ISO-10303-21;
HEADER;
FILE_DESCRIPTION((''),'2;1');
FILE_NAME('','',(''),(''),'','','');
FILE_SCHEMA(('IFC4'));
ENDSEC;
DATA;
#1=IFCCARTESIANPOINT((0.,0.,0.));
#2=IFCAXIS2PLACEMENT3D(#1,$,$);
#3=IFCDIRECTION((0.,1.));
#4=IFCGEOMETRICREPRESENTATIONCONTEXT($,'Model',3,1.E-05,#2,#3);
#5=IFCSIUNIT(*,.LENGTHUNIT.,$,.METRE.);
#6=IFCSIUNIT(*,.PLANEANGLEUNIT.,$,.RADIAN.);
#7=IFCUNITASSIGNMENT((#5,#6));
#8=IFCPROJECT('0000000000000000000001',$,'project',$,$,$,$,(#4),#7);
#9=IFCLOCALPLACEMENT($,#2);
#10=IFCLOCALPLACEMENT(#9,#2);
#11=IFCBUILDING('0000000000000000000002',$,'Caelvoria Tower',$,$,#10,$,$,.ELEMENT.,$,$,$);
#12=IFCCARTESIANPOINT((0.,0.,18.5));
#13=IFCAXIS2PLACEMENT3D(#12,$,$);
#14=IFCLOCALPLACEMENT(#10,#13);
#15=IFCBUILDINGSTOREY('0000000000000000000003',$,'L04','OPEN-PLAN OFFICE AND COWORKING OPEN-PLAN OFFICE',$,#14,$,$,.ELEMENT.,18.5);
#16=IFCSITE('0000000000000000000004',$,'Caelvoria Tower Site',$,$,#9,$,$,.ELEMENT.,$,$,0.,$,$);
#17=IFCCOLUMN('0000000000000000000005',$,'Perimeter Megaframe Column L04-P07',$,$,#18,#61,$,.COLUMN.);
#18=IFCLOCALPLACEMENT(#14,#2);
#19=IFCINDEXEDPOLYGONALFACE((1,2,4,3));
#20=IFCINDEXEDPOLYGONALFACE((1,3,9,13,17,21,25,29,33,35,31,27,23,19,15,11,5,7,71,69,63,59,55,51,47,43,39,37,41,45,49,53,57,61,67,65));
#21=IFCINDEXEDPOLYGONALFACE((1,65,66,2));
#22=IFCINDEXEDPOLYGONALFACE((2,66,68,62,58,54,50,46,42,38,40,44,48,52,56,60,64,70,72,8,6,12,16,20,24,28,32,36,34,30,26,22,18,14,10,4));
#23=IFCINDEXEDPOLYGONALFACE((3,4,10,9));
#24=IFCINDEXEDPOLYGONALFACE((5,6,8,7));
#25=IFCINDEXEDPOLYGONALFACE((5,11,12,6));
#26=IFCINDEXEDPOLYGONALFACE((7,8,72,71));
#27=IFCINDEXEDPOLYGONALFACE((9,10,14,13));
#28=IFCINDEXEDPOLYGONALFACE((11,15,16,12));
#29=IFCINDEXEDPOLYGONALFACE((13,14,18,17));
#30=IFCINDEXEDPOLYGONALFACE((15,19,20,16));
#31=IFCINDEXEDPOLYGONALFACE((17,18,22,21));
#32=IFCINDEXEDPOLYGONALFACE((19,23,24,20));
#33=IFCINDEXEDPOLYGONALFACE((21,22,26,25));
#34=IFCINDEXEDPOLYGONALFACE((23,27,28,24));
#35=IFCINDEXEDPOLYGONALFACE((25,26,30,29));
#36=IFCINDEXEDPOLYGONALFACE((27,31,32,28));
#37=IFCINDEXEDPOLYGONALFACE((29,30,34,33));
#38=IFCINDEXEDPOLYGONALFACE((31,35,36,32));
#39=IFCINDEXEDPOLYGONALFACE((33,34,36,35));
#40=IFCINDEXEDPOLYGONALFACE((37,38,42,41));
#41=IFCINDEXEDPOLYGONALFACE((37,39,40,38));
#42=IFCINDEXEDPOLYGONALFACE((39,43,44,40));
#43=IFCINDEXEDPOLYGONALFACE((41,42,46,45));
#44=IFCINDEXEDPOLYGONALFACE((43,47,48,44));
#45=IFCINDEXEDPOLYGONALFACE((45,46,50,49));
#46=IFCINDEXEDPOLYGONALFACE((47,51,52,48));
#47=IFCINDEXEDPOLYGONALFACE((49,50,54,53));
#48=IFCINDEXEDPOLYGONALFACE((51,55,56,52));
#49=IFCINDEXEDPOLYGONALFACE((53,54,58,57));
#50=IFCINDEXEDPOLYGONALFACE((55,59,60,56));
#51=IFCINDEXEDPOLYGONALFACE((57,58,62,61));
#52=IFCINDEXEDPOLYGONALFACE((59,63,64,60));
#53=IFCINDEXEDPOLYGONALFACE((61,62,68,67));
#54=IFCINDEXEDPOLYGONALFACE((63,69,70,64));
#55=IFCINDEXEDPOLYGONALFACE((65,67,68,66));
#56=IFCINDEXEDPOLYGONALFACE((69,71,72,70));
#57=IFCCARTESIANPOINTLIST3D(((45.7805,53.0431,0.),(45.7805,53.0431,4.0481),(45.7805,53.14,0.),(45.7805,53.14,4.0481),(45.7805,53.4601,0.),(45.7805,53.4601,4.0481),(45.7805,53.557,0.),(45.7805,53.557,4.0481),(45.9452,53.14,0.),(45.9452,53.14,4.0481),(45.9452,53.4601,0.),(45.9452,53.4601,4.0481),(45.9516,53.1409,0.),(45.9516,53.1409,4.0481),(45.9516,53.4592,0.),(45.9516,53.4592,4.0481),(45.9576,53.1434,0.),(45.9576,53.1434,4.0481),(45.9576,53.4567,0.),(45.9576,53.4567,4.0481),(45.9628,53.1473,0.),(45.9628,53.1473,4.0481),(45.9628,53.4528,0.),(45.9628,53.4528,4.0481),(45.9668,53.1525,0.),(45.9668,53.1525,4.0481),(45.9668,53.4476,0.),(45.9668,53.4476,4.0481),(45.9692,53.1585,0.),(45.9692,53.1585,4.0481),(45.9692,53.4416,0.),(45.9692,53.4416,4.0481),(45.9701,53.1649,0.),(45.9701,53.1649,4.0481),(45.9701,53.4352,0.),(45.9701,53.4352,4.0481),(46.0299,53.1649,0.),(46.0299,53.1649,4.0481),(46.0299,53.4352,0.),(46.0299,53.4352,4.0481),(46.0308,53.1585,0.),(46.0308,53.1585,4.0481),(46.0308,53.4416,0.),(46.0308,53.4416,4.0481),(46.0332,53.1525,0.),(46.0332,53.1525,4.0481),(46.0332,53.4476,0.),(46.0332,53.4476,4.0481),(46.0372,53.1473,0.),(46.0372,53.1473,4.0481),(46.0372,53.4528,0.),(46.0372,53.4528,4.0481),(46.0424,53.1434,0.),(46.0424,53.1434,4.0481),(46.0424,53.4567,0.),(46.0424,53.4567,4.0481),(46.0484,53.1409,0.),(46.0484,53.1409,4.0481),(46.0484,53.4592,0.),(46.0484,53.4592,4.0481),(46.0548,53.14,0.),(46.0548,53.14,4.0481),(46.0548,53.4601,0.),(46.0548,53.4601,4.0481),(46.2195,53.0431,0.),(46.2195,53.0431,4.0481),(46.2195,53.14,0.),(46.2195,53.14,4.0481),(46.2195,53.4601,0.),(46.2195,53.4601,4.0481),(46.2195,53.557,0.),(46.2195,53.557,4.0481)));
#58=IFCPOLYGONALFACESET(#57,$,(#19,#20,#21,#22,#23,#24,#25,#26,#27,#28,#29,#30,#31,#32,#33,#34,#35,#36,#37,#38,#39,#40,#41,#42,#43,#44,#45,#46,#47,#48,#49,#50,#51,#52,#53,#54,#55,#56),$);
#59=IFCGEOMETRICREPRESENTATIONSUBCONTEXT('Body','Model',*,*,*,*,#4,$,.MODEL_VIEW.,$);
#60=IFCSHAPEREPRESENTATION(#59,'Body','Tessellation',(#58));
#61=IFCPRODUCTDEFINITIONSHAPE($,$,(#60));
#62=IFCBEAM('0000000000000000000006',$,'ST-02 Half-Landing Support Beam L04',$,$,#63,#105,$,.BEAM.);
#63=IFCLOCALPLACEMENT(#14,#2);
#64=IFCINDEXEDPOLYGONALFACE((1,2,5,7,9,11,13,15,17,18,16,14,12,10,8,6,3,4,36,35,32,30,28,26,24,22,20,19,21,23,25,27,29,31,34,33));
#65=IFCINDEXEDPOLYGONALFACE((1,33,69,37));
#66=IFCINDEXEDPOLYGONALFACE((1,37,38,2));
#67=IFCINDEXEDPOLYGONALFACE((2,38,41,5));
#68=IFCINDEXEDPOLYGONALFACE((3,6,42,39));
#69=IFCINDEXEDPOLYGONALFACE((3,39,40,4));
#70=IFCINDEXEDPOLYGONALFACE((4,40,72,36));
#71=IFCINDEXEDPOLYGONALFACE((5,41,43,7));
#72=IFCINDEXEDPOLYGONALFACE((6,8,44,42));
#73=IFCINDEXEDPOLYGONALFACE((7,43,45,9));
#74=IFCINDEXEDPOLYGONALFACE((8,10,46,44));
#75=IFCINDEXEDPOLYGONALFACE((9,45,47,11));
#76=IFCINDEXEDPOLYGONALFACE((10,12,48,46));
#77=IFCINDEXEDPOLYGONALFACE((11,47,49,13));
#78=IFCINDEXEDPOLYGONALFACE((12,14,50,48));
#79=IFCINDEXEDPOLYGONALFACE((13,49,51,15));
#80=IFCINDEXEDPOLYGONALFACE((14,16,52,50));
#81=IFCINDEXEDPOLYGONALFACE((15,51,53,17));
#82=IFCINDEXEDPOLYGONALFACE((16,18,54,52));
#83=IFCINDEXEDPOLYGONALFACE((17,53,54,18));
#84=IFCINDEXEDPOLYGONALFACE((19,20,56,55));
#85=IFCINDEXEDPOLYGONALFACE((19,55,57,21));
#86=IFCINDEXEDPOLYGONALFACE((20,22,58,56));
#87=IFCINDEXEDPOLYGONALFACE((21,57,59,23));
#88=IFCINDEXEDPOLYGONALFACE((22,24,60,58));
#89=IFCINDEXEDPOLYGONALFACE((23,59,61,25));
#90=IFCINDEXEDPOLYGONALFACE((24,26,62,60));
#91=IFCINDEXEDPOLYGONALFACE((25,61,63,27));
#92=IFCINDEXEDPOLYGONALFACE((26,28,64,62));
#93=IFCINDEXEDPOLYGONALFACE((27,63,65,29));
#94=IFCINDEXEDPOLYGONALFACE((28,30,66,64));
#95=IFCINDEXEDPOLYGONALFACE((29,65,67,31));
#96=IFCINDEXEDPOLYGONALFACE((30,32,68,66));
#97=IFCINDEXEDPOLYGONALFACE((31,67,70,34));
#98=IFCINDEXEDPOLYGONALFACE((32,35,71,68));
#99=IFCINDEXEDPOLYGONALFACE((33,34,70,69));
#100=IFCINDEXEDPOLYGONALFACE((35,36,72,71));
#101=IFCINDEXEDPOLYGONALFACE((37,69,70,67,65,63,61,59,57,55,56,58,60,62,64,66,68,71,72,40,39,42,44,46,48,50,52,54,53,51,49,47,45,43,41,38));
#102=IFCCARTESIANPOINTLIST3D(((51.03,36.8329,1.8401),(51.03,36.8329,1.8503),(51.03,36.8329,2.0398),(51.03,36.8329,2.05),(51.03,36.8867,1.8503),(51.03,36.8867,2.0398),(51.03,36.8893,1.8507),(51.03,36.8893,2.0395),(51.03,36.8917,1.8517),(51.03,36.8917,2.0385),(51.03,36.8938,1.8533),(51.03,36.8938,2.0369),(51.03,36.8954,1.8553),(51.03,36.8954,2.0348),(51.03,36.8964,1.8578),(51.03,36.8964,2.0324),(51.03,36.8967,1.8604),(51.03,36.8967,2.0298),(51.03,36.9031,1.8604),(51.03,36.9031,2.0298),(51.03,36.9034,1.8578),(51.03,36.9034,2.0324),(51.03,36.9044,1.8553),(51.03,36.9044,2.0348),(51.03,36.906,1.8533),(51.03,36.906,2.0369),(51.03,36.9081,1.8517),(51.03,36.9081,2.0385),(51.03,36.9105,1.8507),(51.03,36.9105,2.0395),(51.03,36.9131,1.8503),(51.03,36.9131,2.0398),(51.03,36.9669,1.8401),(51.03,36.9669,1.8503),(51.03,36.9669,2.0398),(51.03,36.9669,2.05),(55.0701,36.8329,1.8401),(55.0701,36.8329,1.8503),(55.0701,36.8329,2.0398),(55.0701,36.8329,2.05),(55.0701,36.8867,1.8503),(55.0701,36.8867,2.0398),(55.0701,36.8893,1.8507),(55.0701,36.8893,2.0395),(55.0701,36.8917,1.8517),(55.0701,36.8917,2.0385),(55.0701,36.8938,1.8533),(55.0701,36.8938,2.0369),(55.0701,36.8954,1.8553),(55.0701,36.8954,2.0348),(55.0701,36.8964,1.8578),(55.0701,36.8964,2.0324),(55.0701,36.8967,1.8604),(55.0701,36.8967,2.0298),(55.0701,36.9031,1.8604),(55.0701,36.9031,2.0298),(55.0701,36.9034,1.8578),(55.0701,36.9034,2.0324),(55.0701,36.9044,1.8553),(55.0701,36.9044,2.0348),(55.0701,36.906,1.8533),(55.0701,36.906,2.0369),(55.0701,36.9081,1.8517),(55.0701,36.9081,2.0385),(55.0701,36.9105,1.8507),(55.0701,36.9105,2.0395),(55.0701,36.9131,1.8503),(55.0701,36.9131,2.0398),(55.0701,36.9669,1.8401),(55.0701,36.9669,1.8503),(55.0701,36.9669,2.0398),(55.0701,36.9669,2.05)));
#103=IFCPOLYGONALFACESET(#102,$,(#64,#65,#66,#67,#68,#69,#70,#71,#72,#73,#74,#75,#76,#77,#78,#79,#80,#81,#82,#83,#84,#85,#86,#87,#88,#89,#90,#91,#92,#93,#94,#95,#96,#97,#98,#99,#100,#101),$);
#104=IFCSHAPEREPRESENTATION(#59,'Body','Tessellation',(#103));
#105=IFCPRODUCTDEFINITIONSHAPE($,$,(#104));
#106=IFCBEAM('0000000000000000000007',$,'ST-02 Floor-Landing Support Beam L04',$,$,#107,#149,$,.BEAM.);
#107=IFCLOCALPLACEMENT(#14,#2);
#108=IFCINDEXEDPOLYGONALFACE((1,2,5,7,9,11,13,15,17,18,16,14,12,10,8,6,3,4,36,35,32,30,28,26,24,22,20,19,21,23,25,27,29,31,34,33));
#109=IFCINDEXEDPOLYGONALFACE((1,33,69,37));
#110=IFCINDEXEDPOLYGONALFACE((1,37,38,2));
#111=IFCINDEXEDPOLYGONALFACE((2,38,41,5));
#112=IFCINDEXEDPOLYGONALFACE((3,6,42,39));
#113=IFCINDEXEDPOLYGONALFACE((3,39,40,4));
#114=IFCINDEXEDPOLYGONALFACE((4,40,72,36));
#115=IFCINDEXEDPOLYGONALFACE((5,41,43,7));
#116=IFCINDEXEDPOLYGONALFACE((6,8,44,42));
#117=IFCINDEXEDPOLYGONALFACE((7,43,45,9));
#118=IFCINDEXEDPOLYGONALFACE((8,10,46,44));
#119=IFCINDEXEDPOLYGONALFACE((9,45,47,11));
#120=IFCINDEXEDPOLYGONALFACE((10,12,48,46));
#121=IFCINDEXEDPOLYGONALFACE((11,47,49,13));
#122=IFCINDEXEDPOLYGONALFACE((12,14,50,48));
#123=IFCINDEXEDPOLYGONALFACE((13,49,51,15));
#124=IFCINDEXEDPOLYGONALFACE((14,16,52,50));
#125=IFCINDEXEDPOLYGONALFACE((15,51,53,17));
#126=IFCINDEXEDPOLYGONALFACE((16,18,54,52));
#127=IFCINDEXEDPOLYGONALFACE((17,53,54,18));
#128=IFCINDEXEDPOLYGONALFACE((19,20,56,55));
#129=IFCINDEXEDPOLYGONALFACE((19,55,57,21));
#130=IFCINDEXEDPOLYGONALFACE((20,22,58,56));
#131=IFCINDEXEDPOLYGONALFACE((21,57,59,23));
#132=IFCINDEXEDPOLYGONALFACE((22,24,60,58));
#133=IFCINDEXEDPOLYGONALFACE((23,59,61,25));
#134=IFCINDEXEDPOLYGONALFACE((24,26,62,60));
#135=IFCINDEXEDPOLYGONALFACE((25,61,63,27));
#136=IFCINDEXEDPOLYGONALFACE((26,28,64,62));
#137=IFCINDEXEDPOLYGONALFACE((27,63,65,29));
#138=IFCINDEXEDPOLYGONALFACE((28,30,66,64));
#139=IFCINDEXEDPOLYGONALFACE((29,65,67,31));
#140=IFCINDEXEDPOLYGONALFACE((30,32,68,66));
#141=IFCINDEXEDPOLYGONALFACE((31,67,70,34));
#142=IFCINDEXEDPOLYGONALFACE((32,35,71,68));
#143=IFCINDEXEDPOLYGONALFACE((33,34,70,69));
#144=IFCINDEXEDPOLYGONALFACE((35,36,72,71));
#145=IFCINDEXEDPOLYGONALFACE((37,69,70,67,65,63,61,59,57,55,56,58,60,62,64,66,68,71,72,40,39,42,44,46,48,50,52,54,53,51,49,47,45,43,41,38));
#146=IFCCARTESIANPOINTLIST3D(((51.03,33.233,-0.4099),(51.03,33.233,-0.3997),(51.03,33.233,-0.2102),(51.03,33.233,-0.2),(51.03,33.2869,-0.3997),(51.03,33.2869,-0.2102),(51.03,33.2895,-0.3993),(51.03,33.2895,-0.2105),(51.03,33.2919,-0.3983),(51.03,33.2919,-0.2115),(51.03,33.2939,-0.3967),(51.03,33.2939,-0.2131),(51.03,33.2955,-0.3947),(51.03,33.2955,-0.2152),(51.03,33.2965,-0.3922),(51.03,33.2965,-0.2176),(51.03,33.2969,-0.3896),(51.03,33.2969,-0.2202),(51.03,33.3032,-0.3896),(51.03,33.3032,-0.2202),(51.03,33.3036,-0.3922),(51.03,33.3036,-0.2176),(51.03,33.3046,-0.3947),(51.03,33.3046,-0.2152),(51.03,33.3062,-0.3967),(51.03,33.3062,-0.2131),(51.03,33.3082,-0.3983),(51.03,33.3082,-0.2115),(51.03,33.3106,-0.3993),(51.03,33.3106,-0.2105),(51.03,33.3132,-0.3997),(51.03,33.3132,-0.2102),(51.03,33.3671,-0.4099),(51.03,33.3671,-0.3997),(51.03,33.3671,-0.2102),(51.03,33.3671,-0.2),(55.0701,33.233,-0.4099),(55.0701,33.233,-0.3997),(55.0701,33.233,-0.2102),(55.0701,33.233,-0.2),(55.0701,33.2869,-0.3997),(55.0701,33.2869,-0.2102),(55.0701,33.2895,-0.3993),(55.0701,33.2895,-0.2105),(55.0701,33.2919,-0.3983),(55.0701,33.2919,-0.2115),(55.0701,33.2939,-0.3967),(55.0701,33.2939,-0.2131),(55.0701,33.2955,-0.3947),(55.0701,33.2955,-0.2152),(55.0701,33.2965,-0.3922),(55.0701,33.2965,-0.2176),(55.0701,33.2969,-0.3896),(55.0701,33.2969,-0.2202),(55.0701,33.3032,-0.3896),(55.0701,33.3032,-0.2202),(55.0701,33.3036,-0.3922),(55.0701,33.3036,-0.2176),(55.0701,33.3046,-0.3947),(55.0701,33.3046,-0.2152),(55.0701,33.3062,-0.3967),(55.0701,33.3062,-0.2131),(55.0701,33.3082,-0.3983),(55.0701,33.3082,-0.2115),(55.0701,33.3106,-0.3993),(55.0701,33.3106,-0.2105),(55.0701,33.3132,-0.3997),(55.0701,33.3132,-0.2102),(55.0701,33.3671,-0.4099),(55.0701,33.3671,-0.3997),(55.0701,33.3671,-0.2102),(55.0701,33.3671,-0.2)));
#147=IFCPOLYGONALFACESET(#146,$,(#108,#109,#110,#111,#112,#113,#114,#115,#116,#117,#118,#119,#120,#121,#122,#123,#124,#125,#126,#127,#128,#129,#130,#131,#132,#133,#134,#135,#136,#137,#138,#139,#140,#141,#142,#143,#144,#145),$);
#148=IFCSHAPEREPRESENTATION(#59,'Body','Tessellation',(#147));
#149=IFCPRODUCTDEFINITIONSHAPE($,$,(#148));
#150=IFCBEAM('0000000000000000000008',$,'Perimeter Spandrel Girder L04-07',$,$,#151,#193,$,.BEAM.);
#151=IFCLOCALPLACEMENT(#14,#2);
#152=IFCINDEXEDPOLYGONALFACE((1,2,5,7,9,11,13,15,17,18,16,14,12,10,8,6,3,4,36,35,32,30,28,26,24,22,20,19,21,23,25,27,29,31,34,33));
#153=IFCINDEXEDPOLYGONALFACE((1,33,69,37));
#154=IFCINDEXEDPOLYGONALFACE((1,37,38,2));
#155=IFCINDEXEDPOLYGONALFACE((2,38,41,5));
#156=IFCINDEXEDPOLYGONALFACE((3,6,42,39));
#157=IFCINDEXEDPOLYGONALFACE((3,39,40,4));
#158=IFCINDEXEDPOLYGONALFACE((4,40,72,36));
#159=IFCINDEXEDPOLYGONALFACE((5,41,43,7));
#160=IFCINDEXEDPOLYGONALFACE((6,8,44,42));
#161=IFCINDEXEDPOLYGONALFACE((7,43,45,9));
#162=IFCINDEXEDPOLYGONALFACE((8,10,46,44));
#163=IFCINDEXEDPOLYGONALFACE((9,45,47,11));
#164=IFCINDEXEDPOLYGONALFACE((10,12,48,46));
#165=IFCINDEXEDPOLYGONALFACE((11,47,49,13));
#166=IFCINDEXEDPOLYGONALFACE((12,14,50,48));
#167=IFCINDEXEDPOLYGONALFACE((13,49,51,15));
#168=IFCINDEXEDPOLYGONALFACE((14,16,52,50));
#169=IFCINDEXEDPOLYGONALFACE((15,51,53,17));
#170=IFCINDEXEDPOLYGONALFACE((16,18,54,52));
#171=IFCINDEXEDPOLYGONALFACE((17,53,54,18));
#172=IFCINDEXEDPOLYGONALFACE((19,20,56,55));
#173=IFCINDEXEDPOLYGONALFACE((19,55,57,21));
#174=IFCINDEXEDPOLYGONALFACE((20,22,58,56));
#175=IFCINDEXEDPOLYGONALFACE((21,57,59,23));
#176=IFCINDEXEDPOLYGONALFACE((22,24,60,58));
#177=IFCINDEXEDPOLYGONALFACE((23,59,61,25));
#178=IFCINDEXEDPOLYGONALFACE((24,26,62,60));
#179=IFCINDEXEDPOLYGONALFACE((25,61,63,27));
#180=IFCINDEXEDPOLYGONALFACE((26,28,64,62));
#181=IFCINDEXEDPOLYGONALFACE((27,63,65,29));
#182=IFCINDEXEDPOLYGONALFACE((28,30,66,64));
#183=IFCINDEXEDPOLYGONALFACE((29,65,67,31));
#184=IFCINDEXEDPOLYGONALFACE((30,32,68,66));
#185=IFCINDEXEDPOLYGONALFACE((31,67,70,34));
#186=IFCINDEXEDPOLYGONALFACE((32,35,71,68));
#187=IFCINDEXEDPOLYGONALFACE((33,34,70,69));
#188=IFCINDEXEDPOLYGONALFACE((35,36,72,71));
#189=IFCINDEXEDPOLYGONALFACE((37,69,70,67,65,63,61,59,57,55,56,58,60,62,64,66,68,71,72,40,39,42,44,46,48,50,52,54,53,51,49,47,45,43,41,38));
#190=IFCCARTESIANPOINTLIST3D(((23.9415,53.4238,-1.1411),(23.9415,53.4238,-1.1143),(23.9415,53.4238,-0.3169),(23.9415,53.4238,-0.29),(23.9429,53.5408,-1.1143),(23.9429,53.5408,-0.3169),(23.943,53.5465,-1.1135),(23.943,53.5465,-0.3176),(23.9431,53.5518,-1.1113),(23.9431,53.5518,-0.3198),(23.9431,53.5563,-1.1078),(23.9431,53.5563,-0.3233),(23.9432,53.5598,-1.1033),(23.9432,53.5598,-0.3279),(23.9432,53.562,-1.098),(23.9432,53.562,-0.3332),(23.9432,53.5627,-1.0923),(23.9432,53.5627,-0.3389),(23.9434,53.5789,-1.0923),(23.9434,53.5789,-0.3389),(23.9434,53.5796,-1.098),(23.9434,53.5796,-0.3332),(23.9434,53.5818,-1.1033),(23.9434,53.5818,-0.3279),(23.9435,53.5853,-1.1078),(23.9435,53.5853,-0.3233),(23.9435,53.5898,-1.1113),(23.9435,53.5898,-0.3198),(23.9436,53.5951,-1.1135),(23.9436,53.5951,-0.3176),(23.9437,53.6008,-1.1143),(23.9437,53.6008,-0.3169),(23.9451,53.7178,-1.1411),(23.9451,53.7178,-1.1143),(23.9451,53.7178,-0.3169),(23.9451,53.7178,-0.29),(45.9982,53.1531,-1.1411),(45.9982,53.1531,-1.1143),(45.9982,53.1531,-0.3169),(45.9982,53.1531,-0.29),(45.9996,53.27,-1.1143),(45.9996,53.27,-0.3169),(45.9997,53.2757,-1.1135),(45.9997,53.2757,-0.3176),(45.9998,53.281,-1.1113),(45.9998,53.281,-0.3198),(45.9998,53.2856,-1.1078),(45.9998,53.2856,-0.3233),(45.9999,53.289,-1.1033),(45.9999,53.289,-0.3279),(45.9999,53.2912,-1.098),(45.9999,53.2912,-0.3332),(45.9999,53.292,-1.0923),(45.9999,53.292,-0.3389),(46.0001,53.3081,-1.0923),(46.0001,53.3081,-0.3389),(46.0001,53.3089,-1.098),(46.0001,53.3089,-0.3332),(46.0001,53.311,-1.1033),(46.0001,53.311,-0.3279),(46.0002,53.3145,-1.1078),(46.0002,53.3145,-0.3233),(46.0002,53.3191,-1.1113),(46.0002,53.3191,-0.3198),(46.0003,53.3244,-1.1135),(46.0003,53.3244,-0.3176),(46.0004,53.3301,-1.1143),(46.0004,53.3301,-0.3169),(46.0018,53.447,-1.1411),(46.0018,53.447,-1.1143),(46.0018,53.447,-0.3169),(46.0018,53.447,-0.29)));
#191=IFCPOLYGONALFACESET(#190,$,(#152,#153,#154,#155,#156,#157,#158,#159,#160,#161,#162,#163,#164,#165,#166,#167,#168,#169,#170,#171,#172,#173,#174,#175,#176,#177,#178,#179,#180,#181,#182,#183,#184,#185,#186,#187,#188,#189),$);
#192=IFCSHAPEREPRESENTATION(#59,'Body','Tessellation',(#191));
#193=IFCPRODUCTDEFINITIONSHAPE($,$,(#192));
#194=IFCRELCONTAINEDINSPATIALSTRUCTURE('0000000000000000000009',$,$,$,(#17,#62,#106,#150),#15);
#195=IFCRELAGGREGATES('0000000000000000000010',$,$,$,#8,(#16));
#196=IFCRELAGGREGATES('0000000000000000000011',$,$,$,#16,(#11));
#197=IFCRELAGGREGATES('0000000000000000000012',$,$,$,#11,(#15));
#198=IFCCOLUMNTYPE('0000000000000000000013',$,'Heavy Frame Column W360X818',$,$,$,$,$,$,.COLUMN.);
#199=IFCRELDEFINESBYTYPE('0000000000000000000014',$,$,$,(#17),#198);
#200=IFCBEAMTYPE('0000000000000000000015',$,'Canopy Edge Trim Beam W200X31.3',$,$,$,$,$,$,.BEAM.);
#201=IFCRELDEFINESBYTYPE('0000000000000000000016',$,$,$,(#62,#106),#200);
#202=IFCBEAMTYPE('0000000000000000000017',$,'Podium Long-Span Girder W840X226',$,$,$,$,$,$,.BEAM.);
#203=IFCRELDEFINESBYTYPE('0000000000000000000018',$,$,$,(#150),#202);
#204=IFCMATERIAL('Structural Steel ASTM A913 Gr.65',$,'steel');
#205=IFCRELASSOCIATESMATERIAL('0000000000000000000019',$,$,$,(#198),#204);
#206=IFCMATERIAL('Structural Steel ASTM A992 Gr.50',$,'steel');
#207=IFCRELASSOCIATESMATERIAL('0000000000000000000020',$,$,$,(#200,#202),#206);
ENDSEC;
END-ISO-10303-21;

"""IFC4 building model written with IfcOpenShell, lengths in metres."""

from ifc_helpers import new_model, si_unit, direction, frame, origin, origin_2d, place, context, subcontext, project, spatial, i_section, extrude, material, material_profile, profile_set, type_object, element, save


model = new_model("IFC4")

# Units and contexts
model_context = context("Model", 3, precision=1e-05, world=origin(), true_north=direction((0.0, 1.0)))
body_context = subcontext(model_context, "Body", "Model", "MODEL_VIEW")
ifc_project = project(units=[si_unit("LENGTHUNIT", "METRE"), si_unit("PLANEANGLEUNIT", "RADIAN")], contexts=[model_context])

# Site, building, storey
site_placement = place(None, origin())
site = spatial("IfcSite", under=ifc_project, at=site_placement, Name="Caelvoria Tower Site", CompositionType="ELEMENT", RefElevation=0.0)
building_placement = place(site_placement, origin())
building = spatial("IfcBuilding", under=site, at=building_placement, Name="Caelvoria Tower", CompositionType="ELEMENT")
storey_placement = place(building_placement, frame((0.0, 0.0, 18.5)))
storey = spatial("IfcBuildingStorey", under=building, at=storey_placement, Name="L04", Description="OPEN-PLAN OFFICE AND COWORKING OPEN-PLAN OFFICE", CompositionType="ELEMENT", Elevation=18.5)

# Column
ifc_material_1 = material(Name="Structural Steel ASTM A913 Gr.65", Category="steel")
ifc_material_profile_1 = material_profile(ifc_material_1, i_section(OverallWidth=0.439, OverallDepth=0.5139, WebThickness=0.0598, FlangeThickness=0.0969, FilletRadius=0.0249, at=origin_2d()), Name="Structural Steel ASTM A913 Gr.65")
ifc_profile_set_1 = profile_set([ifc_material_profile_1], Name="W360X818 - Structural Steel ASTM A913 Gr.65")
column_type = type_object("IfcColumnType", Name="Heavy Frame Column W360X818", PredefinedType="COLUMN", material=ifc_profile_set_1)
column_placement = place(storey_placement, frame((46.0, 53.3, 0.0), z_axis=(0.0, 0.0, 1.0), x_axis=(1.0, 0.0, 0.0)))
element("IfcColumn", 1, at=column_placement, inside=storey, type_object=column_type, Name="Perimeter Megaframe Column L04-P07", PredefinedType="COLUMN", context=body_context, shape_type="SweptSolid", body=[
    extrude(i_section(OverallWidth=0.439, OverallDepth=0.5139, WebThickness=0.0598, FlangeThickness=0.0969, FilletRadius=0.0249, at=origin_2d()), origin(), (0.0, 0.0, 1.0), 4.0481),
])

# Beams
ifc_material_2 = material(Name="Structural Steel ASTM A992 Gr.50", Category="steel")
ifc_material_profile_2 = material_profile(ifc_material_2, i_section(OverallWidth=0.134, OverallDepth=0.21, WebThickness=0.0063, FlangeThickness=0.0103, FilletRadius=0.01, at=origin_2d()), Name="Structural Steel ASTM A992 Gr.50")
ifc_profile_set_2 = profile_set([ifc_material_profile_2], Name="W200X31.3 - Structural Steel ASTM A992 Gr.50")
beam_type_1 = type_object("IfcBeamType", Name="Canopy Edge Trim Beam W200X31.3", PredefinedType="BEAM", material=ifc_profile_set_2)
for number, where, z_axis, x_axis, name in (
    (2, (51.03, 36.8999, 1.9451), (1.0, 0.0, 0.0), (0.0, 1.0, 0.0), "ST-02 Half-Landing Support Beam L04"),
    (3, (51.03, 33.3, -0.3049), (1.0, 0.0, 0.0), (0.0, 1.0, 0.0), "ST-02 Floor-Landing Support Beam L04"),
):
    element("IfcBeam", number, at=place(storey_placement, frame(where, z_axis=z_axis, x_axis=x_axis)), inside=storey, type_object=beam_type_1, Name=name, PredefinedType="BEAM", context=body_context, shape_type="SweptSolid", body=[
        extrude(i_section(OverallWidth=0.134, OverallDepth=0.21, WebThickness=0.0063, FlangeThickness=0.0103, FilletRadius=0.01, at=origin_2d()), origin(), (0.0, 0.0, 1.0), 4.04),
    ])
ifc_material_profile_3 = material_profile(ifc_material_2, i_section(OverallWidth=0.2939, OverallDepth=0.8511, WebThickness=0.0161, FlangeThickness=0.0269, FilletRadius=0.022, at=origin_2d()), Name="Structural Steel ASTM A992 Gr.50")
ifc_profile_set_3 = profile_set([ifc_material_profile_3], Name="W840X226 - Structural Steel ASTM A992 Gr.50")
beam_type_2 = type_object("IfcBeamType", Name="Podium Long-Span Girder W840X226", PredefinedType="BEAM", material=ifc_profile_set_3)
beam_1_placement = place(storey_placement, frame((46.0, 53.3, -0.7156), z_axis=(-0.999925, 0.012274, 0.0), x_axis=(-0.012274, -0.999925, 0.0)))
element("IfcBeam", 4, at=beam_1_placement, inside=storey, type_object=beam_type_2, Name="Perimeter Spandrel Girder L04-07", PredefinedType="BEAM", context=body_context, shape_type="SweptSolid", body=[
    extrude(i_section(OverallWidth=0.2939, OverallDepth=0.8511, WebThickness=0.0161, FlangeThickness=0.0269, FilletRadius=0.022, at=origin_2d()), origin(), (0.0, 0.0, 1.0), 22.0583),
])

save(model, "model.ifc")
